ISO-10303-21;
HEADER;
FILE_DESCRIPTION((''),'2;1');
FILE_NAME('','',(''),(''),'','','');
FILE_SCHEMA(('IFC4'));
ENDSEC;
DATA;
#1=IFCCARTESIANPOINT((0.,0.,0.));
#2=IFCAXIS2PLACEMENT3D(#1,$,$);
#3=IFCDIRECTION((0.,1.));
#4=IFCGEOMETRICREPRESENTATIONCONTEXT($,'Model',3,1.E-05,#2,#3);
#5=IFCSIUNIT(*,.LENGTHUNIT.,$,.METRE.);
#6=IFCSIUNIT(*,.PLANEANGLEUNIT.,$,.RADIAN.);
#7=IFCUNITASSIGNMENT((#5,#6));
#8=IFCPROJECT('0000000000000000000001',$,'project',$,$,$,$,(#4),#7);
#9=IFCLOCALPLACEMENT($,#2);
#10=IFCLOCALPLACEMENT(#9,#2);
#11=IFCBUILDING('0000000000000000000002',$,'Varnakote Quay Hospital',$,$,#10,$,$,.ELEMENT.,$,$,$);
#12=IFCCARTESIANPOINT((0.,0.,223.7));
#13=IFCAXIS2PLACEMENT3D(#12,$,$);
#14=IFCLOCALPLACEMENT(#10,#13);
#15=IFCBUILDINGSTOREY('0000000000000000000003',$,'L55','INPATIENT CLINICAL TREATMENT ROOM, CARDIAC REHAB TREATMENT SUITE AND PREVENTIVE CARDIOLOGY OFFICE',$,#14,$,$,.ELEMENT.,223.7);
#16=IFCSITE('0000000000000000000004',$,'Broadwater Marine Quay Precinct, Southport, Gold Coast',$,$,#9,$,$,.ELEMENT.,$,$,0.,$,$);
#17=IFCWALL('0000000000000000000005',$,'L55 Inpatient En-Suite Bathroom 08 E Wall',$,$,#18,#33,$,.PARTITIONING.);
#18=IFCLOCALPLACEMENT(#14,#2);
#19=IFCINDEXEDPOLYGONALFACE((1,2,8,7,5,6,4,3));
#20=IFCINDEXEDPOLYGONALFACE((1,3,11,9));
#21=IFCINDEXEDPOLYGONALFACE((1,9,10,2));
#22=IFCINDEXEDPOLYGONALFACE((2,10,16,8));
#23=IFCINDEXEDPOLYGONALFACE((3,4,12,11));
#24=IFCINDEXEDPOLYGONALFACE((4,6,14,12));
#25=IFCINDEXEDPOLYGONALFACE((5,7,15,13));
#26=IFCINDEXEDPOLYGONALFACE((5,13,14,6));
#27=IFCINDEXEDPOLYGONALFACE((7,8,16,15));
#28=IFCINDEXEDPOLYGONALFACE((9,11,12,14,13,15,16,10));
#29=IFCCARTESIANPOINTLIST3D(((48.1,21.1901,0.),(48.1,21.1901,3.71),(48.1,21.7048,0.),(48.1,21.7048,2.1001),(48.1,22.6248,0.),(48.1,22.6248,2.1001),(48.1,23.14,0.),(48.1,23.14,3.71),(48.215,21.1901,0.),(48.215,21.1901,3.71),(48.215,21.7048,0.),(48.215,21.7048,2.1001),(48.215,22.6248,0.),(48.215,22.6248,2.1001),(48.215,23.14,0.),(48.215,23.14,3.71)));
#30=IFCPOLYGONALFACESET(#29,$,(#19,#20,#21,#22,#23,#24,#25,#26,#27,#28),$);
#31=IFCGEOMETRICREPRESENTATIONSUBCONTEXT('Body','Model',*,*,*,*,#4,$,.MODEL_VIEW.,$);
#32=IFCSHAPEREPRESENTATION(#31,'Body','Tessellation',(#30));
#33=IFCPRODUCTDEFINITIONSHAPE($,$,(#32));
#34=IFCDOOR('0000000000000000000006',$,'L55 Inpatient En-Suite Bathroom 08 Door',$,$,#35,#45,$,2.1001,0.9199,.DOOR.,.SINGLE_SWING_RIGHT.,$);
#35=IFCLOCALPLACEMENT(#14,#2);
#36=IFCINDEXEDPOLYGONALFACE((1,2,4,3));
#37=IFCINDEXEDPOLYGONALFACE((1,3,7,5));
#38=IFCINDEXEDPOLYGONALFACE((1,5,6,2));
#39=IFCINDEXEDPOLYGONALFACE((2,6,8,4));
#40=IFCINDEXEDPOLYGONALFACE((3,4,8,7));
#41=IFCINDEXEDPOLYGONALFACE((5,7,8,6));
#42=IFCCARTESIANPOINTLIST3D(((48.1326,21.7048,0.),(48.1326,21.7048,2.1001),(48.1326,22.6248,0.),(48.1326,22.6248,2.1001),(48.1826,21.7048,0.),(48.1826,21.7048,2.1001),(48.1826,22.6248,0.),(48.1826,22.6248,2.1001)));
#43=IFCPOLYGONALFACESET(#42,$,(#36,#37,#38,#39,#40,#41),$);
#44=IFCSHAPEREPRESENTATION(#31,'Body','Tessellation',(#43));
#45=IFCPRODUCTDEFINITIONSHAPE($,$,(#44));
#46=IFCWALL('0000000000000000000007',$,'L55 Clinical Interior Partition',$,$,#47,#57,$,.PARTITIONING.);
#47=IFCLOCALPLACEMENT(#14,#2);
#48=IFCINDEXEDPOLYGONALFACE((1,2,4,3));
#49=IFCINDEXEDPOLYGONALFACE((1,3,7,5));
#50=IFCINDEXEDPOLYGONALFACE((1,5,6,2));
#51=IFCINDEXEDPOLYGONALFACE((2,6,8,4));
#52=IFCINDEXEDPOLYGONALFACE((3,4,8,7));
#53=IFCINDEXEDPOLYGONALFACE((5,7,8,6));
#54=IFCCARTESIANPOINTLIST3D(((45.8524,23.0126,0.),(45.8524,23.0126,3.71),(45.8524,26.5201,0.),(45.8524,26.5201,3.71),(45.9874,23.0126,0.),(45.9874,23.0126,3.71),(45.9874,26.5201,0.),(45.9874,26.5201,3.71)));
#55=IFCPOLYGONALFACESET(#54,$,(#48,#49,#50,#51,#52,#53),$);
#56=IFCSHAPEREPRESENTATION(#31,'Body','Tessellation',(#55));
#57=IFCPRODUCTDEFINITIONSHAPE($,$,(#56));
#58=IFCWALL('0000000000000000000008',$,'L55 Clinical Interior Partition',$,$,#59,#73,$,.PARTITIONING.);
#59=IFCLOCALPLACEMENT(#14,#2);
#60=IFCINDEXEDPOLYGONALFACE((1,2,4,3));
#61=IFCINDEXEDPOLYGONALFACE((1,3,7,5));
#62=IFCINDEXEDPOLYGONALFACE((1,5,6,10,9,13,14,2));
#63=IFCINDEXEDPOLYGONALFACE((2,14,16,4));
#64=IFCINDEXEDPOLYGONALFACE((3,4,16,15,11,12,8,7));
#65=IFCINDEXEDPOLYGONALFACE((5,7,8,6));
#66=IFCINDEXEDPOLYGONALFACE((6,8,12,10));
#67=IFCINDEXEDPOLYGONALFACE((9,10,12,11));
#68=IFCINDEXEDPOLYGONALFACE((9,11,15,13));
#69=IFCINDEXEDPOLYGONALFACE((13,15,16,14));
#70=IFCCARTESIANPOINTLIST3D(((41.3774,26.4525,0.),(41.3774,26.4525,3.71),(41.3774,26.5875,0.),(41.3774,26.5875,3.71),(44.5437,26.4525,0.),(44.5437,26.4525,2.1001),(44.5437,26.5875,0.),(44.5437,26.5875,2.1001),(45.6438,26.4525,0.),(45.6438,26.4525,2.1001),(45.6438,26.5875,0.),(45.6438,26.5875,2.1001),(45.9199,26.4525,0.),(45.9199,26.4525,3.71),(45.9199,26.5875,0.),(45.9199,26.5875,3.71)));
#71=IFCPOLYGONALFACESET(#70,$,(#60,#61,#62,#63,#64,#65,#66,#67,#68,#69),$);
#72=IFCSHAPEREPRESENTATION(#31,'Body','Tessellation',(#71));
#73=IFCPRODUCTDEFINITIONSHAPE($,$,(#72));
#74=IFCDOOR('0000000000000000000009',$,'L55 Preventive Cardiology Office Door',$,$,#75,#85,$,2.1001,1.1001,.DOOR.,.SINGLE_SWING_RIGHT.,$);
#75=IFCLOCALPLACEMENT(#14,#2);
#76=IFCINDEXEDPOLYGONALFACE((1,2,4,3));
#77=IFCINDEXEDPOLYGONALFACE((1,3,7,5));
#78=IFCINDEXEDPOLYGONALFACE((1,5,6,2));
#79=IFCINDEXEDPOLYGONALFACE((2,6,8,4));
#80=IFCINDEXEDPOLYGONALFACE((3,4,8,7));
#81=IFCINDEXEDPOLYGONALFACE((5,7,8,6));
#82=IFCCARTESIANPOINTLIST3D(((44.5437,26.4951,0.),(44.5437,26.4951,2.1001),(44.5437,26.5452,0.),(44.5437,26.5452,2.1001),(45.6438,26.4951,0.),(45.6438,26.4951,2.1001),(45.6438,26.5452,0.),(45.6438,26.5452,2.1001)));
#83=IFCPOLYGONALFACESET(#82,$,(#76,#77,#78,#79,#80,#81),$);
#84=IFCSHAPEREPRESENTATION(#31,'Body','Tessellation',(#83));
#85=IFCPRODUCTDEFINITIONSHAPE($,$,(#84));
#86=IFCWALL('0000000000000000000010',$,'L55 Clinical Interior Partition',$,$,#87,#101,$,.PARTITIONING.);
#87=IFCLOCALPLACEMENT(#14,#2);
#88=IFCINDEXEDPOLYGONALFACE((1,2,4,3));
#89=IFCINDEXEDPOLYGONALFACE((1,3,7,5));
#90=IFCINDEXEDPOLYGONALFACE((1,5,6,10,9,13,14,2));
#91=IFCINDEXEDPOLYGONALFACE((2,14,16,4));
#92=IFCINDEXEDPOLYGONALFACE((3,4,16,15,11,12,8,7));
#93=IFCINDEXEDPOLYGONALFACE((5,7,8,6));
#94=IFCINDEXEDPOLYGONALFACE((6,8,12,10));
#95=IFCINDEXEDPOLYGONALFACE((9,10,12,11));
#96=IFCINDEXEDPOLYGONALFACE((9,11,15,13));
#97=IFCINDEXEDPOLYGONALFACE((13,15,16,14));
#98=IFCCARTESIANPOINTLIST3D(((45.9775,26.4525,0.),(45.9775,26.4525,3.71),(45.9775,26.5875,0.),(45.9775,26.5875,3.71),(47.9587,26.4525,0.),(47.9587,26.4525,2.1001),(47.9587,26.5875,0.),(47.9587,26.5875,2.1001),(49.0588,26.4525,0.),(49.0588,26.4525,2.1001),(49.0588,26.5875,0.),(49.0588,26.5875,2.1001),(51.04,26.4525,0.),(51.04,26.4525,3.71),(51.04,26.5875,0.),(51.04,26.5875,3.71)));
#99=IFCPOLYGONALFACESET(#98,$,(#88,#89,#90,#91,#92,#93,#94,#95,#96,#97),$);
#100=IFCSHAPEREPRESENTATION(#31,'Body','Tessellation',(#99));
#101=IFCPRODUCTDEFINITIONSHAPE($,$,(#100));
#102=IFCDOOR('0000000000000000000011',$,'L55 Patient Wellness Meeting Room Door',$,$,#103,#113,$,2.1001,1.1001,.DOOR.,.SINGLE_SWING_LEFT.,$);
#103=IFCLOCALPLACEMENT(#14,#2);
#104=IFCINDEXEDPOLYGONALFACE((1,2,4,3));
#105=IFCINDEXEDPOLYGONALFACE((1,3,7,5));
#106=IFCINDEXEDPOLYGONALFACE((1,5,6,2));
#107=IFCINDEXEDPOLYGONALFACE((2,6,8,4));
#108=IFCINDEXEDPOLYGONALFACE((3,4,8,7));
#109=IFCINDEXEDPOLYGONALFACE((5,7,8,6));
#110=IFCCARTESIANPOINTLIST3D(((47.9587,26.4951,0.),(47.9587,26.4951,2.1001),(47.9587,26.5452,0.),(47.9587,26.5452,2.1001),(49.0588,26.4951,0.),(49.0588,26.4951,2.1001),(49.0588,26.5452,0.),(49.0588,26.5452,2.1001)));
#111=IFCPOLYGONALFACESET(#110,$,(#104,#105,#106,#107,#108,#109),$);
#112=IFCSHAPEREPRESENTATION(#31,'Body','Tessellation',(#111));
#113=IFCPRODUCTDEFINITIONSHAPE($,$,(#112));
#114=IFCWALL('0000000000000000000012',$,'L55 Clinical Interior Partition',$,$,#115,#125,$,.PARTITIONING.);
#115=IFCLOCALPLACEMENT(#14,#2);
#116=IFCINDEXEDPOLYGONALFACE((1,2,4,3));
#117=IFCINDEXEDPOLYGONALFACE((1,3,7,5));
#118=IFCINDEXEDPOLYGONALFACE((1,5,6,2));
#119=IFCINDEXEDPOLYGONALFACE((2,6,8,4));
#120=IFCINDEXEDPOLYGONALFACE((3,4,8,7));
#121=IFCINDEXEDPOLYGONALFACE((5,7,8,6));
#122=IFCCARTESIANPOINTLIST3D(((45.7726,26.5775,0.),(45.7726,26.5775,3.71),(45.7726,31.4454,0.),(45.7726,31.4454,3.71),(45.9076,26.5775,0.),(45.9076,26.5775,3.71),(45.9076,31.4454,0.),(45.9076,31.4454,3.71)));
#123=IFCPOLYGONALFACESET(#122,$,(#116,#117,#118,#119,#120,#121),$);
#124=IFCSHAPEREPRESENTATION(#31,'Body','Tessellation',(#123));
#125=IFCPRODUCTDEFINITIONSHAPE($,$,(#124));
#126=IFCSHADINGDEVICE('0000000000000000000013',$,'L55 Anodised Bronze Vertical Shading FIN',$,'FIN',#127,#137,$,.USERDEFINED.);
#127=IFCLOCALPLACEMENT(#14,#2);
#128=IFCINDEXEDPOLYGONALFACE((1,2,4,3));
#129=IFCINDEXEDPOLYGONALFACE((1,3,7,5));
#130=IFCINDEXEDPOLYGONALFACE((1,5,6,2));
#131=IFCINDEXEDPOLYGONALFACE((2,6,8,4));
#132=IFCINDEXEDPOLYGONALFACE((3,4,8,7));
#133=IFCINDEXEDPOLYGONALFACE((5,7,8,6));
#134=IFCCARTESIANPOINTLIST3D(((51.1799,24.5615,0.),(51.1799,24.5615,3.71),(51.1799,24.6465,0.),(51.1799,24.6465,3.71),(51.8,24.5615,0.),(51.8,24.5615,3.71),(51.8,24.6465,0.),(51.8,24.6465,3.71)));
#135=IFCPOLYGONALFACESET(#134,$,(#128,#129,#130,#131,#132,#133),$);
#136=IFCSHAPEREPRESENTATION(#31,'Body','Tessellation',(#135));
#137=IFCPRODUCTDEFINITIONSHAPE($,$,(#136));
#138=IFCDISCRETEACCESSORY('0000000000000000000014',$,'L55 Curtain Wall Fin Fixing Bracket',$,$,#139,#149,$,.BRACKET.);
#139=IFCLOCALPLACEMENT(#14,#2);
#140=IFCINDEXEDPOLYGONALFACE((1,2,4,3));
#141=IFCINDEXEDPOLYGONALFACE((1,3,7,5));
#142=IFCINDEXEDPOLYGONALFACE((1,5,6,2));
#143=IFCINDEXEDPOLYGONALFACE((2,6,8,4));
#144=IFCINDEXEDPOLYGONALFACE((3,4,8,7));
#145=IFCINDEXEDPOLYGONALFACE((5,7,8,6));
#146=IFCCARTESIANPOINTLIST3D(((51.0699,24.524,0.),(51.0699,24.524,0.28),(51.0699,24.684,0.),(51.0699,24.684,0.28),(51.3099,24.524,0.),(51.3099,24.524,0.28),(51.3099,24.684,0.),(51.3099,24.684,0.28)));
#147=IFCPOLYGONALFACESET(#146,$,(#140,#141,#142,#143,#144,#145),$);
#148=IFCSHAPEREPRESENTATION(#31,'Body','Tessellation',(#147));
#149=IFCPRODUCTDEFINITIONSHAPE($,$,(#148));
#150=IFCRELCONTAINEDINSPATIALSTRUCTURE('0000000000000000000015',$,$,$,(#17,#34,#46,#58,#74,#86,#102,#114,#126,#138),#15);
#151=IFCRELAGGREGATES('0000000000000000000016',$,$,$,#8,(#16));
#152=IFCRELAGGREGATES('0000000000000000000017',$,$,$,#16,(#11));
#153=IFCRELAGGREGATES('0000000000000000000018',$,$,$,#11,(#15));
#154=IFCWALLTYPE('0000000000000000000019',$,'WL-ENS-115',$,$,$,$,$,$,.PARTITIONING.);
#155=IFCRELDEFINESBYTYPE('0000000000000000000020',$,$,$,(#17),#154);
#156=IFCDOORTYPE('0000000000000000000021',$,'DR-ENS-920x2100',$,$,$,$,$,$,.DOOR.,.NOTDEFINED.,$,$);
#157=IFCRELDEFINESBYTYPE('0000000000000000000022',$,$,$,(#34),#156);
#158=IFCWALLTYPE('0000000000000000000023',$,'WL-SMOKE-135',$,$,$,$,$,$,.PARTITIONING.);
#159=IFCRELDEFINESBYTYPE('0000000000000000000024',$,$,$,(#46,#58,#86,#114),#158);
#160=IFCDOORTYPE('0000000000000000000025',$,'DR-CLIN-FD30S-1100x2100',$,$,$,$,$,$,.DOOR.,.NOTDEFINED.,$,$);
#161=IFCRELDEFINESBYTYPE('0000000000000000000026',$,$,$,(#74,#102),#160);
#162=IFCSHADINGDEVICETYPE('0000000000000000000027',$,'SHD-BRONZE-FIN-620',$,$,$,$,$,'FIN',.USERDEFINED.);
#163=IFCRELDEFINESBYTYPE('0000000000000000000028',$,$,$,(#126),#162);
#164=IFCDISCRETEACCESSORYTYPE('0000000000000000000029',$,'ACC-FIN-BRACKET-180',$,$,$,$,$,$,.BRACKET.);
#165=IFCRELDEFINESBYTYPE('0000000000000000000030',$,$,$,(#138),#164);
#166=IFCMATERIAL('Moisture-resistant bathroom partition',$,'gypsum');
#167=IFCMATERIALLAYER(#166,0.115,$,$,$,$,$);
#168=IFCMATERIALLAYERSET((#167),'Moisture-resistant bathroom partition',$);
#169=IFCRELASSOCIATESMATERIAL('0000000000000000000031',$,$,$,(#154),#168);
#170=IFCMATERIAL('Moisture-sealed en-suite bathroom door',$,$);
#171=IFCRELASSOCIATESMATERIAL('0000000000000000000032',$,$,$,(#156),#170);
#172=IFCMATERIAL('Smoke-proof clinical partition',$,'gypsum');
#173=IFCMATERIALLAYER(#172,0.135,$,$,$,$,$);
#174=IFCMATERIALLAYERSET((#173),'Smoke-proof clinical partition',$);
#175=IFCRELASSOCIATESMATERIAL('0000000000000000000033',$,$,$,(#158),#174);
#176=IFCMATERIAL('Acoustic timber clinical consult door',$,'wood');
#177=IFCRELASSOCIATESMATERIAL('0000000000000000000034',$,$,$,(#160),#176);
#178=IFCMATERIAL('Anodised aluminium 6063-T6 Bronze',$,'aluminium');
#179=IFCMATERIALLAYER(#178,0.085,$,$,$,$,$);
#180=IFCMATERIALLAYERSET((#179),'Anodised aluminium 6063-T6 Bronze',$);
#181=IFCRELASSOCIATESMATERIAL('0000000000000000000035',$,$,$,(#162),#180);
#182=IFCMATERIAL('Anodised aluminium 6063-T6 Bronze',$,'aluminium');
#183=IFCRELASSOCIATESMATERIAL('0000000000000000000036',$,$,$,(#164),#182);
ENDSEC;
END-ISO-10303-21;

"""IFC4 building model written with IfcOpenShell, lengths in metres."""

from ifc_helpers import new_model, si_unit, direction, frame, frame_2d, origin, origin_2d, place, context, subcontext, project, spatial, rectangle, extrude, material, layer, layer_set, type_object, element, fill, save


model = new_model("IFC4")

# Units and contexts
model_context = context("Model", 3, precision=1e-05, world=origin(), true_north=direction((0.0, 1.0)))
body_context = subcontext(model_context, "Body", "Model", "MODEL_VIEW")
ifc_project = project(units=[si_unit("LENGTHUNIT", "METRE"), si_unit("PLANEANGLEUNIT", "RADIAN")], contexts=[model_context])

# Site, building, storey
site_placement = place(None, origin())
site = spatial("IfcSite", under=ifc_project, at=site_placement, Name="Broadwater Marine Quay Precinct, Southport, Gold Coast", CompositionType="ELEMENT", RefElevation=0.0)
building_placement = place(site_placement, origin())
building = spatial("IfcBuilding", under=site, at=building_placement, Name="Varnakote Quay Hospital", CompositionType="ELEMENT")
storey_placement = place(building_placement, frame((0.0, 0.0, 223.7)))
storey = spatial("IfcBuildingStorey", under=building, at=storey_placement, Name="L55", Description="INPATIENT CLINICAL TREATMENT ROOM, CARDIAC REHAB TREATMENT SUITE AND PREVENTIVE CARDIOLOGY OFFICE", CompositionType="ELEMENT", Elevation=223.7)

# Shared definitions
ifc_material_1 = material(Name="Moisture-resistant bathroom partition", Category="gypsum")
ifc_layer_1 = layer(ifc_material_1, 0.115)
ifc_layer_set_1 = layer_set([ifc_layer_1], Name="Moisture-resistant bathroom partition")
wall_type_1 = type_object("IfcWallType", Name="WL-ENS-115", PredefinedType="PARTITIONING", material=ifc_layer_set_1)
ifc_material_2 = material(Name="Moisture-sealed en-suite bathroom door")
door_type_1 = type_object("IfcDoorType", Name="DR-ENS-920x2100", OperationType="NOTDEFINED", PredefinedType="DOOR", material=ifc_material_2)

# Wall, opening, door
wall_1_placement = place(storey_placement, frame((48.1575, 21.1899, 0.0), z_axis=(0.0, 0.0, 1.0), x_axis=(0.0, 1.0, 0.0)))
wall_1 = element("IfcWall", 1, at=wall_1_placement, inside=storey, type_object=wall_type_1, Name="L55 Inpatient En-Suite Bathroom 08 E Wall", PredefinedType="PARTITIONING", context=body_context, shape_type="SweptSolid", body=[
    extrude(rectangle(XDim=1.95, YDim=0.115, at=frame_2d((0.9751, 0.0))), origin(), (0.0, 0.0, 1.0), 3.71),
])
opening_1_placement = place(wall_1_placement, frame((0.5149, 0.0, 0.0)))
opening_1 = element("IfcOpeningElement", 2, at=opening_1_placement, cuts=wall_1, PredefinedType="OPENING", context=body_context, shape_type="SweptSolid", body=[
    extrude(rectangle(XDim=0.9199, YDim=2.1001, at=frame_2d((0.46, 1.05))), frame((0.0, 0.0674, 0.0), z_axis=(0.0, -1.0, 0.0), x_axis=(1.0, 0.0, 0.0)), (0.0, 0.0, 1.0), 0.135),
])
door_1_placement = place(opening_1_placement, origin())
door_1 = element("IfcDoor", 3, at=door_1_placement, inside=storey, type_object=door_type_1, Name="L55 Inpatient En-Suite Bathroom 08 Door", OperationType="SINGLE_SWING_RIGHT", OverallHeight=2.1001, OverallWidth=0.9199, PredefinedType="DOOR", context=body_context, shape_type="SweptSolid", body=[
    extrude(rectangle(XDim=0.9199, YDim=2.1001, at=frame_2d((0.46, 1.05))), frame((0.0, 0.0249, 0.0), z_axis=(0.0, -1.0, 0.0), x_axis=(1.0, 0.0, 0.0)), (0.0, 0.0, 1.0), 0.05),
])
fill(opening_1, door_1)

# Wall
ifc_material_3 = material(Name="Smoke-proof clinical partition", Category="gypsum")
ifc_layer_2 = layer(ifc_material_3, 0.135)
ifc_layer_set_2 = layer_set([ifc_layer_2], Name="Smoke-proof clinical partition")
wall_type_2 = type_object("IfcWallType", Name="WL-SMOKE-135", PredefinedType="PARTITIONING", material=ifc_layer_set_2)
wall_2_placement = place(storey_placement, frame((45.9199, 23.0125, 0.0), z_axis=(0.0, 0.0, 1.0), x_axis=(0.0, 1.0, 0.0)))
element("IfcWall", 4, at=wall_2_placement, inside=storey, type_object=wall_type_2, Name="L55 Clinical Interior Partition", PredefinedType="PARTITIONING", context=body_context, shape_type="SweptSolid", body=[
    extrude(rectangle(XDim=3.5076, YDim=0.135, at=frame_2d((1.7539, 0.0))), origin(), (0.0, 0.0, 1.0), 3.71),
])

# Walls, openings, doors
wall_3_placement = place(storey_placement, frame((45.9199, 26.52, 0.0), z_axis=(0.0, 0.0, 1.0), x_axis=(-1.0, 0.0, 0.0)))
wall_3 = element("IfcWall", 5, at=wall_3_placement, inside=storey, type_object=wall_type_2, Name="L55 Clinical Interior Partition", PredefinedType="PARTITIONING", context=body_context, shape_type="SweptSolid", body=[
    extrude(rectangle(XDim=4.5425, YDim=0.135, at=frame_2d((2.2712, 0.0))), origin(), (0.0, 0.0, 1.0), 3.71),
])
opening_2_placement = place(wall_3_placement, frame((0.2761, 0.0, 0.0)))
opening_2 = element("IfcOpeningElement", 6, at=opening_2_placement, cuts=wall_3, PredefinedType="OPENING", context=body_context, shape_type="SweptSolid", body=[
    extrude(rectangle(XDim=1.1001, YDim=2.1001, at=frame_2d((0.55, 1.05))), frame((0.0, 0.0774, 0.0), z_axis=(0.0, -1.0, 0.0), x_axis=(1.0, 0.0, 0.0)), (0.0, 0.0, 1.0), 0.155),
])
ifc_material_4 = material(Name="Acoustic timber clinical consult door", Category="wood")
door_type_2 = type_object("IfcDoorType", Name="DR-CLIN-FD30S-1100x2100", OperationType="NOTDEFINED", PredefinedType="DOOR", material=ifc_material_4)
door_2_placement = place(opening_2_placement, origin())
door_2 = element("IfcDoor", 7, at=door_2_placement, inside=storey, type_object=door_type_2, Name="L55 Preventive Cardiology Office Door", OperationType="SINGLE_SWING_RIGHT", OverallHeight=2.1001, OverallWidth=1.1001, PredefinedType="DOOR", context=body_context, shape_type="SweptSolid", body=[
    extrude(rectangle(XDim=1.1001, YDim=2.1001, at=frame_2d((0.55, 1.05))), frame((0.0, 0.0249, 0.0), z_axis=(0.0, -1.0, 0.0), x_axis=(1.0, 0.0, 0.0)), (0.0, 0.0, 1.0), 0.05),
])
fill(opening_2, door_2)
wall_4_placement = place(storey_placement, frame((51.04, 26.52, 0.0), z_axis=(0.0, 0.0, 1.0), x_axis=(-1.0, 0.0, 0.0)))
wall_4 = element("IfcWall", 8, at=wall_4_placement, inside=storey, type_object=wall_type_2, Name="L55 Clinical Interior Partition", PredefinedType="PARTITIONING", context=body_context, shape_type="SweptSolid", body=[
    extrude(rectangle(XDim=5.0625, YDim=0.135, at=frame_2d((2.5312, 0.0))), origin(), (0.0, 0.0, 1.0), 3.71),
])
opening_3_placement = place(wall_4_placement, frame((1.9812, 0.0, 0.0)))
opening_3 = element("IfcOpeningElement", 9, at=opening_3_placement, cuts=wall_4, PredefinedType="OPENING", context=body_context, shape_type="SweptSolid", body=[
    extrude(rectangle(XDim=1.1001, YDim=2.1001, at=frame_2d((0.55, 1.05))), frame((0.0, 0.0774, 0.0), z_axis=(0.0, -1.0, 0.0), x_axis=(1.0, 0.0, 0.0)), (0.0, 0.0, 1.0), 0.155),
])
door_3_placement = place(opening_3_placement, origin())
door_3 = element("IfcDoor", 10, at=door_3_placement, inside=storey, type_object=door_type_2, Name="L55 Patient Wellness Meeting Room Door", OperationType="SINGLE_SWING_LEFT", OverallHeight=2.1001, OverallWidth=1.1001, PredefinedType="DOOR", context=body_context, shape_type="SweptSolid", body=[
    extrude(rectangle(XDim=1.1001, YDim=2.1001, at=frame_2d((0.55, 1.05))), frame((0.0, 0.0249, 0.0), z_axis=(0.0, -1.0, 0.0), x_axis=(1.0, 0.0, 0.0)), (0.0, 0.0, 1.0), 0.05),
])
fill(opening_3, door_3)

# Wall
wall_5_placement = place(storey_placement, frame((45.8401, 26.5774, 0.0), z_axis=(0.0, 0.0, 1.0), x_axis=(0.0, 1.0, 0.0)))
element("IfcWall", 11, at=wall_5_placement, inside=storey, type_object=wall_type_2, Name="L55 Clinical Interior Partition", PredefinedType="PARTITIONING", context=body_context, shape_type="SweptSolid", body=[
    extrude(rectangle(XDim=4.8679, YDim=0.135, at=frame_2d((2.4341, 0.0))), origin(), (0.0, 0.0, 1.0), 3.71),
])

# Shading device
ifc_material_5 = material(Name="Anodised aluminium 6063-T6 Bronze", Category="aluminium")
ifc_layer_3 = layer(ifc_material_5, 0.085)
ifc_layer_set_3 = layer_set([ifc_layer_3], Name="Anodised aluminium 6063-T6 Bronze")
shading_device_type = type_object("IfcShadingDeviceType", Name="SHD-BRONZE-FIN-620", ElementType="FIN", PredefinedType="USERDEFINED", material=ifc_layer_set_3)
shading_device_placement = place(storey_placement, frame((51.49, 24.604, 0.0), z_axis=(0.0, 0.0, 1.0), x_axis=(-1.0, 0.0, 0.0)))
element("IfcShadingDevice", 12, at=shading_device_placement, inside=storey, type_object=shading_device_type, Name="L55 Anodised Bronze Vertical Shading FIN", ObjectType="FIN", PredefinedType="USERDEFINED", context=body_context, shape_type="SweptSolid", body=[
    extrude(rectangle(XDim=0.6201, YDim=0.085, at=origin_2d()), origin(), (0.0, 0.0, 1.0), 3.71),
])

# Discrete accessory
ifc_material_6 = material(Name="Anodised aluminium 6063-T6 Bronze", Category="aluminium")
discrete_accessory_type = type_object("IfcDiscreteAccessoryType", Name="ACC-FIN-BRACKET-180", PredefinedType="BRACKET", material=ifc_material_6)
discrete_accessory_placement = place(storey_placement, frame((51.1899, 24.604, 0.0), z_axis=(0.0, 0.0, 1.0), x_axis=(0.0, 1.0, 0.0)))
element("IfcDiscreteAccessory", 13, at=discrete_accessory_placement, inside=storey, type_object=discrete_accessory_type, Name="L55 Curtain Wall Fin Fixing Bracket", PredefinedType="BRACKET", context=body_context, shape_type="SweptSolid", body=[
    extrude(rectangle(XDim=0.1599, YDim=0.24, at=origin_2d()), origin(), (0.0, 0.0, 1.0), 0.28),
])

save(model, "model.ifc")
